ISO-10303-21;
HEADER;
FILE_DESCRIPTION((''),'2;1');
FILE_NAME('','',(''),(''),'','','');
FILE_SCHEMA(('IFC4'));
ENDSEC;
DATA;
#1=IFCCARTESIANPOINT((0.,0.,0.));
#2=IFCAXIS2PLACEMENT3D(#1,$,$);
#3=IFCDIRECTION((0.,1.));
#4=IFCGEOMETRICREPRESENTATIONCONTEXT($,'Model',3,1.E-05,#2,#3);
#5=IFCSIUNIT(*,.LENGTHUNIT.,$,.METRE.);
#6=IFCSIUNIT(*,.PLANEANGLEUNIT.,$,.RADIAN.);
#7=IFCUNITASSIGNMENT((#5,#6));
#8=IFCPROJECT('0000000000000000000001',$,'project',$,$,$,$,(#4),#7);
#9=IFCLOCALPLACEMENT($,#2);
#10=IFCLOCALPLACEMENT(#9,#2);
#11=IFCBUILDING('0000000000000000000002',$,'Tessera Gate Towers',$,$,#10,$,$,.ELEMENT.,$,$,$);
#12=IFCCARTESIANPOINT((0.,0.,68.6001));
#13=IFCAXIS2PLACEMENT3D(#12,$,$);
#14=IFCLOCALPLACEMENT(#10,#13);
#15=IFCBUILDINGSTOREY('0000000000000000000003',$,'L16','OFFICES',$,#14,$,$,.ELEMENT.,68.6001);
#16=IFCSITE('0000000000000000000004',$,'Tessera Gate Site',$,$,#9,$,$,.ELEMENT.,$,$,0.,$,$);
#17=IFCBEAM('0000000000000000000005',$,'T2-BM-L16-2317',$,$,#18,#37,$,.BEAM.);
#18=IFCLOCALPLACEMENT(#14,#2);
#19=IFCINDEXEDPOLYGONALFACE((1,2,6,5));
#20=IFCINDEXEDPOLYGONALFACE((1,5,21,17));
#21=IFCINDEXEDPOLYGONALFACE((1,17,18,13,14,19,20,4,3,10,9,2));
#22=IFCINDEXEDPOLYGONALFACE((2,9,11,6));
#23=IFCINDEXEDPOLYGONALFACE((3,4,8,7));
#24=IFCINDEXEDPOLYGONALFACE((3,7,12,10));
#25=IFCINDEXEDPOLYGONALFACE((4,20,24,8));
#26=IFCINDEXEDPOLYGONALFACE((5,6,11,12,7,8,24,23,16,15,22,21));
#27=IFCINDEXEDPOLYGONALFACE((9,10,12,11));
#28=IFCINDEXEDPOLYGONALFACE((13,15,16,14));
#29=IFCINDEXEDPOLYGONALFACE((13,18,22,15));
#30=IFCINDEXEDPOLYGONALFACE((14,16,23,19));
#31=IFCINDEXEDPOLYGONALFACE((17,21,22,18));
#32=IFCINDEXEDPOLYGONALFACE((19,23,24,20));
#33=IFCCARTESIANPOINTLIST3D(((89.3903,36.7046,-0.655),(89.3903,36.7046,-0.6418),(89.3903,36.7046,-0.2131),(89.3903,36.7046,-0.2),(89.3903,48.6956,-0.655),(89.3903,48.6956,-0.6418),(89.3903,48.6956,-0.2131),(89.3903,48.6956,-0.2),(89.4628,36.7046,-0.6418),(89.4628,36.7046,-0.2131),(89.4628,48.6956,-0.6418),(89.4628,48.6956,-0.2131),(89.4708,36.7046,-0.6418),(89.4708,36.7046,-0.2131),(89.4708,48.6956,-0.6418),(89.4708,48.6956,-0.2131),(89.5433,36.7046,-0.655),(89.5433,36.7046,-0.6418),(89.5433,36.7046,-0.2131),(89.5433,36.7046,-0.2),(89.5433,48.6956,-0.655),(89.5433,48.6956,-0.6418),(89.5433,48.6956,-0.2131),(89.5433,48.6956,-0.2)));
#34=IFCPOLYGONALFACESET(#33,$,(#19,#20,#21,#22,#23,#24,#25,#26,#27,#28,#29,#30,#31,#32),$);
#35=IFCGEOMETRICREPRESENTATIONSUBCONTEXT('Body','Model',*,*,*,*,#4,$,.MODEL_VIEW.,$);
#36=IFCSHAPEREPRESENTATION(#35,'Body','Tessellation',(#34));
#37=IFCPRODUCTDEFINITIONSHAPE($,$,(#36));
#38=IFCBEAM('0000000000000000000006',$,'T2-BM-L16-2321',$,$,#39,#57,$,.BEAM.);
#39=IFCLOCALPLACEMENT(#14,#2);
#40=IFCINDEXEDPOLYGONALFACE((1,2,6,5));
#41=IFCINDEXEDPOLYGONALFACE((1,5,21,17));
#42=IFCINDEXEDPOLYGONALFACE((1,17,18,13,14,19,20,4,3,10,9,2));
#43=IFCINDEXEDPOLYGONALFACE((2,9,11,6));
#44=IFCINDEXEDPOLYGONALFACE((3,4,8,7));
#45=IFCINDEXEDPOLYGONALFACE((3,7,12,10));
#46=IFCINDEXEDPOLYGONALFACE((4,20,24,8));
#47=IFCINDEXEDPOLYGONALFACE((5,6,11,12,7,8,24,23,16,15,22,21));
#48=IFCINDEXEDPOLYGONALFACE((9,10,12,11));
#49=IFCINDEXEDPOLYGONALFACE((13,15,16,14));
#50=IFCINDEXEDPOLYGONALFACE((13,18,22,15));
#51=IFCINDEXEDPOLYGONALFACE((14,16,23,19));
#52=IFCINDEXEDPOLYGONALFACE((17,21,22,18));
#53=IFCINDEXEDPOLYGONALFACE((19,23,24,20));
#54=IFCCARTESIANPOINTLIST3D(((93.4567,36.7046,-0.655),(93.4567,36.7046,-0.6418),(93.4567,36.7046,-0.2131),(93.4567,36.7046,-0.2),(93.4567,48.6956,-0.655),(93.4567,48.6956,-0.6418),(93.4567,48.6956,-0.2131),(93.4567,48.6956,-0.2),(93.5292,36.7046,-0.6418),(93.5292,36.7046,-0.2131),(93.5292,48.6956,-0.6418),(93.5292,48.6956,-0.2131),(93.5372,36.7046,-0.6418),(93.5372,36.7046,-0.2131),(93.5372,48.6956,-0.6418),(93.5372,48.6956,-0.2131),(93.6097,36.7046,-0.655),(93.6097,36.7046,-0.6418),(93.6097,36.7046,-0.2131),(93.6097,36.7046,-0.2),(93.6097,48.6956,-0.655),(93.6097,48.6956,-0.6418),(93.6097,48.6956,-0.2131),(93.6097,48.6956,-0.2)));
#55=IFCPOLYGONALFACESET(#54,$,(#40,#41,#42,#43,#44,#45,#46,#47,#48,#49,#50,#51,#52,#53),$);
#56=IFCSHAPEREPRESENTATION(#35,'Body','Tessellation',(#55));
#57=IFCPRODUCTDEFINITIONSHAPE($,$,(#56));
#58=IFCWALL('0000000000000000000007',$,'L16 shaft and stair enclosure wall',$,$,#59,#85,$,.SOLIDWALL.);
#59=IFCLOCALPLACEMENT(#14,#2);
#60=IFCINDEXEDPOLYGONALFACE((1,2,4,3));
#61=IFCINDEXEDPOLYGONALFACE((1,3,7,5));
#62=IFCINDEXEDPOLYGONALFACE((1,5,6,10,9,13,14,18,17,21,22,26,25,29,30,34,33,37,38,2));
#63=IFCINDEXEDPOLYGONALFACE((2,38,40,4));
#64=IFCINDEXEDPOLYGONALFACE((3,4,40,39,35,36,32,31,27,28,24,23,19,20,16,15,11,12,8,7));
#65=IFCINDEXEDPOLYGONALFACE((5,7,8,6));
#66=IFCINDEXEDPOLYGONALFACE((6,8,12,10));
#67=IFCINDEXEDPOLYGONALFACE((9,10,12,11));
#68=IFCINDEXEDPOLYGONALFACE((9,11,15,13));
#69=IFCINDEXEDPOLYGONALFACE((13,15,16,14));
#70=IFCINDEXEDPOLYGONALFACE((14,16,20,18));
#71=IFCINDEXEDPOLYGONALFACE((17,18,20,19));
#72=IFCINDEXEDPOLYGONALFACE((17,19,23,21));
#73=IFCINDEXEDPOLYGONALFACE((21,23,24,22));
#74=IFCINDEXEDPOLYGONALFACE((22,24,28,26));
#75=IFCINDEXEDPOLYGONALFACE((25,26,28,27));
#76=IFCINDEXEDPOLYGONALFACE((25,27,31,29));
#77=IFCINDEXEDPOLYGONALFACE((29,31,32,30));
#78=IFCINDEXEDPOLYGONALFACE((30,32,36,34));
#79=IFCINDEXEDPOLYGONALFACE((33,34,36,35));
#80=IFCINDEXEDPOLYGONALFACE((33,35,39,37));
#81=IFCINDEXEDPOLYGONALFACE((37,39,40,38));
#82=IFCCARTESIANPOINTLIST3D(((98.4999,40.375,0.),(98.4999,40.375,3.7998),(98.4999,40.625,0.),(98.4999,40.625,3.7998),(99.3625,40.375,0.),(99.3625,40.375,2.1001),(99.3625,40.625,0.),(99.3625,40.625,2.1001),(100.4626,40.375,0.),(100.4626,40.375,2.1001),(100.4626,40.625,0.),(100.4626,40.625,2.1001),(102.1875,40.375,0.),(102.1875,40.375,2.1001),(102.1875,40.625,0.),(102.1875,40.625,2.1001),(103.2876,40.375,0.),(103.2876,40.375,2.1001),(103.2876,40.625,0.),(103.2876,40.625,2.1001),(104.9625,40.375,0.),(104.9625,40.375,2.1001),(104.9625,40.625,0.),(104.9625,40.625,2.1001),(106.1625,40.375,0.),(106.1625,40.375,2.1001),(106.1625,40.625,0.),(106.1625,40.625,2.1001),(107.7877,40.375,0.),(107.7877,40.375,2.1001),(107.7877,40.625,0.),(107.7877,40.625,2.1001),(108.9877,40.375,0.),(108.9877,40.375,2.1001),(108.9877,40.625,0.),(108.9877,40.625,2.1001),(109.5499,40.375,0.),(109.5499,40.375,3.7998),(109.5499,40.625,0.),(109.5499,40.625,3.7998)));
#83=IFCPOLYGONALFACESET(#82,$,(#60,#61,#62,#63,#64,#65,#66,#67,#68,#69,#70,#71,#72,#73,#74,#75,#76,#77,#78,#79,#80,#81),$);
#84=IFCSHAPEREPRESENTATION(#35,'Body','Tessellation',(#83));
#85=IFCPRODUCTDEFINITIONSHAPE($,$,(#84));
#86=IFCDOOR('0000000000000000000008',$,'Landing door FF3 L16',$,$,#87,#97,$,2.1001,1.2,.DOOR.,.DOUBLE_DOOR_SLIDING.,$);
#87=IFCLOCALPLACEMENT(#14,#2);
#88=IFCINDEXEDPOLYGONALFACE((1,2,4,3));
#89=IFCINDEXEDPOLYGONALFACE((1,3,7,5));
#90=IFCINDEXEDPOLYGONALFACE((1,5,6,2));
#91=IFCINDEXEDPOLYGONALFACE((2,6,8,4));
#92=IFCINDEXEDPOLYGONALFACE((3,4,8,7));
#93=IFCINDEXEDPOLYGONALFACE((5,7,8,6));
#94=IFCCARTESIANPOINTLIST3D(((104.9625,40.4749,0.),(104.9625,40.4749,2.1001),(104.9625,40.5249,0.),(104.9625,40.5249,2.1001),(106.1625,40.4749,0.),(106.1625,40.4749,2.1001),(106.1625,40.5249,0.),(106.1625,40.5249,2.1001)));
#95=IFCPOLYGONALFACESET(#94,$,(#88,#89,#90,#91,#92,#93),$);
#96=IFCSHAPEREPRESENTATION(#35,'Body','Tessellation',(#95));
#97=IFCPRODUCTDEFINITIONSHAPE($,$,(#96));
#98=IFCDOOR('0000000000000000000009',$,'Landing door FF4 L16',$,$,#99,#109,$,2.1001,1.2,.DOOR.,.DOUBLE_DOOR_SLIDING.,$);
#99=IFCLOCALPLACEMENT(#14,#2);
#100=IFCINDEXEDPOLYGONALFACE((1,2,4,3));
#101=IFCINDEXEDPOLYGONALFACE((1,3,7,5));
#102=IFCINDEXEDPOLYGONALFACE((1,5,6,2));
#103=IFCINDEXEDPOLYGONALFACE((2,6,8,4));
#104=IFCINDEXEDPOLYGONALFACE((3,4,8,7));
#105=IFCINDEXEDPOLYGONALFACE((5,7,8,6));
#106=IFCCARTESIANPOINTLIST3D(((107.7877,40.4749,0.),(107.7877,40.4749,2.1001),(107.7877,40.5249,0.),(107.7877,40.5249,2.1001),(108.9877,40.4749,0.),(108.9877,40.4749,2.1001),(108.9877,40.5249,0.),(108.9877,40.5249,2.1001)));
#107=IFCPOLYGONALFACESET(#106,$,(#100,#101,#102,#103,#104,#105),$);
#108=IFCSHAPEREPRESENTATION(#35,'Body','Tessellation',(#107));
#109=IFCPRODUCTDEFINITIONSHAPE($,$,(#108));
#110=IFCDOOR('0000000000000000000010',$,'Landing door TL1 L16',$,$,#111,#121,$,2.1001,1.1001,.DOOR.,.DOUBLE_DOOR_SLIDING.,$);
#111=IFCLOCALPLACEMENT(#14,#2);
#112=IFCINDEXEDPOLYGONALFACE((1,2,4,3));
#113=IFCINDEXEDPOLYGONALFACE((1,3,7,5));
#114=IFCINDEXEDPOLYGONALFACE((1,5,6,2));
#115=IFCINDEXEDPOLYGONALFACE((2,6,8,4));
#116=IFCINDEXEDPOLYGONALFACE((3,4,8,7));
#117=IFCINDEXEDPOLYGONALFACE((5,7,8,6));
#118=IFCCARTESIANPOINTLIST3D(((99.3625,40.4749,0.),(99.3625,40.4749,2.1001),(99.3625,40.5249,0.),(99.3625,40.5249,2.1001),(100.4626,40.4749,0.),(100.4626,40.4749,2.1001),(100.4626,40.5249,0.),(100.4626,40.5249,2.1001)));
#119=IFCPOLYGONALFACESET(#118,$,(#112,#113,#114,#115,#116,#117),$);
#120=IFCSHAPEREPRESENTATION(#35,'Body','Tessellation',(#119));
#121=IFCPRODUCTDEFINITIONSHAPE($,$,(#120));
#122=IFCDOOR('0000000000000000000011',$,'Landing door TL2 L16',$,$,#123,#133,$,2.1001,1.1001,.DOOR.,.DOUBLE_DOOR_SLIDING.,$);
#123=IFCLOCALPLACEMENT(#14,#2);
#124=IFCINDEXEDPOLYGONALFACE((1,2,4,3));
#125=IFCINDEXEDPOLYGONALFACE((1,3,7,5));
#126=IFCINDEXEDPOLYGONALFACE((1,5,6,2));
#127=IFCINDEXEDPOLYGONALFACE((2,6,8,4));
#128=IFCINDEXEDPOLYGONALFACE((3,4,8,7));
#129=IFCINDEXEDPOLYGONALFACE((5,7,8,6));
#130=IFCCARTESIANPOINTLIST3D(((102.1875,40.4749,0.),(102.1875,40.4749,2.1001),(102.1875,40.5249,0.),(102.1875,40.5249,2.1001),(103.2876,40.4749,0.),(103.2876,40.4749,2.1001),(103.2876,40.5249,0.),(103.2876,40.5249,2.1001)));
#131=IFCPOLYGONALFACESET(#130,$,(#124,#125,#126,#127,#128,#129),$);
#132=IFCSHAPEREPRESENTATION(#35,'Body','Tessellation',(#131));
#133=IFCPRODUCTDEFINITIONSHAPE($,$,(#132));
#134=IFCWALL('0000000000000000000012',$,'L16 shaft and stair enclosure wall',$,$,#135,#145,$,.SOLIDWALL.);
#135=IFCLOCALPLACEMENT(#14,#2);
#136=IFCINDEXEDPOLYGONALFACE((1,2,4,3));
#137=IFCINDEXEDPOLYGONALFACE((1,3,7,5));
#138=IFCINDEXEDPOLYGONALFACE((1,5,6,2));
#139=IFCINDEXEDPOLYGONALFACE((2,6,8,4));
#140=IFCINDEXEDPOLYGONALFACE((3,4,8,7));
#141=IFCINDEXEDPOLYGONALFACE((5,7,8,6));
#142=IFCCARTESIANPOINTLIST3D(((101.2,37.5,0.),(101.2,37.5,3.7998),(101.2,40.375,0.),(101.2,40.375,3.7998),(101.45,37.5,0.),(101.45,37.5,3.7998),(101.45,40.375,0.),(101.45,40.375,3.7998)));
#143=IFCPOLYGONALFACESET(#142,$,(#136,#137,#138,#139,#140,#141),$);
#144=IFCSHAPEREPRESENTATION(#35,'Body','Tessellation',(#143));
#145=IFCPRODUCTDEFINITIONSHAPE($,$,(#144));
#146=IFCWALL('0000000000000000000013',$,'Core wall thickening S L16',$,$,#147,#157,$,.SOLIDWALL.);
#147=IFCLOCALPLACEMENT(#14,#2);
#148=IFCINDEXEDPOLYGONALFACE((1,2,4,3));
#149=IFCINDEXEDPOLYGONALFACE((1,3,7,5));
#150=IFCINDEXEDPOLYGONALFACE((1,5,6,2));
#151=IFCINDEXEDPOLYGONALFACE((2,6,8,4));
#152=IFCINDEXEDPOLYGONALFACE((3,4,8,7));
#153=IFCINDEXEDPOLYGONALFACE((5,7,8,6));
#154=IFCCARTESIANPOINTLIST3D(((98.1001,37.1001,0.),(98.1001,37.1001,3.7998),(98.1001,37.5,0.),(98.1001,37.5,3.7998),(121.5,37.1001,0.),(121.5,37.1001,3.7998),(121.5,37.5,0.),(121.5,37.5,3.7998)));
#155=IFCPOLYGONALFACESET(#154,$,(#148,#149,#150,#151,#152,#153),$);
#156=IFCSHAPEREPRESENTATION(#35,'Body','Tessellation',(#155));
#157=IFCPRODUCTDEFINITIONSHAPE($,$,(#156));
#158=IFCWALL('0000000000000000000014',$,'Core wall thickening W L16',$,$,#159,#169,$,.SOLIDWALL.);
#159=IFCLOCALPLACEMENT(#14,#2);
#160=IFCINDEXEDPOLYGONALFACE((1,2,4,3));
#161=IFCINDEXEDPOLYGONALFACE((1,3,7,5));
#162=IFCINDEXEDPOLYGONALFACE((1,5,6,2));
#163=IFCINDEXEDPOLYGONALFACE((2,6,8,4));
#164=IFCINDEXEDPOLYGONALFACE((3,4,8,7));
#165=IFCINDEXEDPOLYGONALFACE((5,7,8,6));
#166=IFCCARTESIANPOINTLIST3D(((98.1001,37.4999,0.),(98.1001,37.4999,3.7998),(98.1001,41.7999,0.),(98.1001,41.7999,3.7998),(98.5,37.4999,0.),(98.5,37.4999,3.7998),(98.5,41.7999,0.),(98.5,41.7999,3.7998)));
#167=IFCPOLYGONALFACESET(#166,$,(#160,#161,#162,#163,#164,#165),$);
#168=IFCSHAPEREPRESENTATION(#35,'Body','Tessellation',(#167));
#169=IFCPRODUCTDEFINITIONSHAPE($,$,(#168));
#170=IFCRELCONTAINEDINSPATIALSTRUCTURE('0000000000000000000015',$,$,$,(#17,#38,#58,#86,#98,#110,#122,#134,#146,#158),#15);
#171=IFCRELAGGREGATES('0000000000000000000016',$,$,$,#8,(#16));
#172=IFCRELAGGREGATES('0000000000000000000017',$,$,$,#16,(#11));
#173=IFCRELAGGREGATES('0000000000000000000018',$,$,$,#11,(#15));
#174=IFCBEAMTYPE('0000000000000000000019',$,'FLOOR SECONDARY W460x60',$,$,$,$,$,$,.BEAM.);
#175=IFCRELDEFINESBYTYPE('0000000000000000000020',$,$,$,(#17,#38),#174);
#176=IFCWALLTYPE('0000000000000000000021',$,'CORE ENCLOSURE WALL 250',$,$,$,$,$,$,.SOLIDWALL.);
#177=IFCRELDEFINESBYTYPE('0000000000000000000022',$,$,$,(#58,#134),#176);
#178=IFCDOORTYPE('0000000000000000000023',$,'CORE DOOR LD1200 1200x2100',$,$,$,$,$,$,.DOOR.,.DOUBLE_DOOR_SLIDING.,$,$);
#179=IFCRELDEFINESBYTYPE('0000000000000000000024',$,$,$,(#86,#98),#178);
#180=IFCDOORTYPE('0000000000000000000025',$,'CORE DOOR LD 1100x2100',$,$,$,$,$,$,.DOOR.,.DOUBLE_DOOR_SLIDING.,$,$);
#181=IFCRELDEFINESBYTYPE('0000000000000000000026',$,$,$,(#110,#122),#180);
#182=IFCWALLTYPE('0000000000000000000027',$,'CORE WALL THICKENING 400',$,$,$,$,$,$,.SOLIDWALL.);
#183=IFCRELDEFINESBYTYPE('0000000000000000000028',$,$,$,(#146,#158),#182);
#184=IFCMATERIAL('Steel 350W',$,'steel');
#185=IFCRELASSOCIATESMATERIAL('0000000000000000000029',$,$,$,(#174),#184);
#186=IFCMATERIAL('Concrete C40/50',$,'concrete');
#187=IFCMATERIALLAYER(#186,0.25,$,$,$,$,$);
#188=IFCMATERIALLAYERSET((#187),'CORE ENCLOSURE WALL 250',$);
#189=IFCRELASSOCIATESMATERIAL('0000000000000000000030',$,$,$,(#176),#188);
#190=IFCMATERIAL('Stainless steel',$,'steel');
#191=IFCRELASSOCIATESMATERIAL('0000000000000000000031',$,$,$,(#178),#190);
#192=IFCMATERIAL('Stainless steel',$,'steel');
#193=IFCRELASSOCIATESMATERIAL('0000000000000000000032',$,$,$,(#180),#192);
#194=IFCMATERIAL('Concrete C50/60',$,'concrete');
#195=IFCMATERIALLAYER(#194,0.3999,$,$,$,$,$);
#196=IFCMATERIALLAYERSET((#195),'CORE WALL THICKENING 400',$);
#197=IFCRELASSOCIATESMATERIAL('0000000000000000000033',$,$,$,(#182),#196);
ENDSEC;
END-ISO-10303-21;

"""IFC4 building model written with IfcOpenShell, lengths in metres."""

from ifc_helpers import new_model, si_unit, direction, frame, frame_2d, origin, origin_2d, place, context, subcontext, project, spatial, rectangle, i_section, extrude, source, transform, mapped, material, layer, layer_set, material_profile, profile_set, type_object, element, fill, save


model = new_model("IFC4")

# Units and contexts
model_context = context("Model", 3, precision=1e-05, world=origin(), true_north=direction((0.0, 1.0)))
body_context = subcontext(model_context, "Body", "Model", "MODEL_VIEW")
ifc_project = project(units=[si_unit("LENGTHUNIT", "METRE"), si_unit("PLANEANGLEUNIT", "RADIAN")], contexts=[model_context])

# Site, building, storey
site_placement = place(None, origin())
site = spatial("IfcSite", under=ifc_project, at=site_placement, Name="Tessera Gate Site", CompositionType="ELEMENT", RefElevation=0.0)
building_placement = place(site_placement, origin())
building = spatial("IfcBuilding", under=site, at=building_placement, Name="Tessera Gate Towers", CompositionType="ELEMENT")
storey_placement = place(building_placement, frame((0.0, 0.0, 68.6001)))
storey = spatial("IfcBuildingStorey", under=building, at=storey_placement, Name="L16", Description="OFFICES", CompositionType="ELEMENT", Elevation=68.6001)

# Beams
ifc_material_1 = material(Name="Steel 350W", Category="steel")
ifc_material_profile = material_profile(ifc_material_1, i_section(OverallWidth=0.1531, OverallDepth=0.4551, WebThickness=0.0081, FlangeThickness=0.0132, at=origin_2d()), Name="W460x60")
ifc_profile_set = profile_set([ifc_material_profile], Name="Steel 350W")
beam_type = type_object("IfcBeamType", Name="FLOOR SECONDARY W460x60", PredefinedType="BEAM", material=ifc_profile_set)
for number, where, z_axis, x_axis, name in (
    (1, (89.4668, 36.7046, -0.4275), (0.0, 1.0, 0.0), (-1.0, 0.0, 0.0), "T2-BM-L16-2317"),
    (2, (93.5332, 36.7046, -0.4275), (0.0, 1.0, 0.0), (-1.0, 0.0, 0.0), "T2-BM-L16-2321"),
):
    element("IfcBeam", number, at=place(storey_placement, frame(where, z_axis=z_axis, x_axis=x_axis)), inside=storey, type_object=beam_type, Name=name, PredefinedType="BEAM", context=body_context, shape_type="SweptSolid", body=[
        extrude(i_section(OverallWidth=0.1531, OverallDepth=0.4551, WebThickness=0.0081, FlangeThickness=0.0132, at=origin_2d()), origin(), (0.0, 0.0, 1.0), 11.991),
    ])

# Wall, openings, doors
ifc_material_2 = material(Name="Concrete C40/50", Category="concrete")
ifc_layer_1 = layer(ifc_material_2, 0.25)
ifc_layer_set_1 = layer_set([ifc_layer_1], Name="CORE ENCLOSURE WALL 250")
wall_type_1 = type_object("IfcWallType", Name="CORE ENCLOSURE WALL 250", PredefinedType="SOLIDWALL", material=ifc_layer_set_1)
wall_1_placement = place(storey_placement, frame((98.5, 40.5, 0.0), z_axis=(0.0, 0.0, 1.0), x_axis=(1.0, 0.0, 0.0)))
wall_1 = element("IfcWall", 3, at=wall_1_placement, inside=storey, type_object=wall_type_1, Name="L16 shaft and stair enclosure wall", PredefinedType="SOLIDWALL", context=body_context, shape_type="SweptSolid", body=[
    extrude(rectangle(XDim=11.05, YDim=0.25, at=frame_2d((5.5249, 0.0))), origin(), (0.0, 0.0, 1.0), 3.7998),
])
shared_shape_1 = source(origin(), body_context, "Body", "SweptSolid", [
    extrude(rectangle(XDim=1.1001, YDim=2.1001, at=frame_2d((0.55, 1.05))), frame((0.0, 0.135, 0.0), z_axis=(0.0, -1.0, 0.0), x_axis=(1.0, 0.0, 0.0)), (0.0, 0.0, 1.0), 0.27),
])
opening_1_placement = place(wall_1_placement, frame((0.8625, 0.0, 0.0)))
opening_1 = element("IfcOpeningElement", 4, at=opening_1_placement, cuts=wall_1, PredefinedType="OPENING", context=body_context, shape_type="MappedRepresentation", body=[
    mapped(shared_shape_1, transform((0.0, 0.0, 0.0), scale=1.0)),
])
opening_2_placement = place(wall_1_placement, frame((3.6875, 0.0, 0.0)))
opening_2 = element("IfcOpeningElement", 5, at=opening_2_placement, cuts=wall_1, PredefinedType="OPENING", context=body_context, shape_type="MappedRepresentation", body=[
    mapped(shared_shape_1, transform((0.0, 0.0, 0.0), scale=1.0)),
])
shared_shape_2 = source(origin(), body_context, "Body", "SweptSolid", [
    extrude(rectangle(XDim=1.2, YDim=2.1001, at=frame_2d((0.6001, 1.05))), frame((0.0, 0.135, 0.0), z_axis=(0.0, -1.0, 0.0), x_axis=(1.0, 0.0, 0.0)), (0.0, 0.0, 1.0), 0.27),
])
opening_3_placement = place(wall_1_placement, frame((6.4624, 0.0, 0.0)))
opening_3 = element("IfcOpeningElement", 6, at=opening_3_placement, cuts=wall_1, PredefinedType="OPENING", context=body_context, shape_type="MappedRepresentation", body=[
    mapped(shared_shape_2, transform((0.0, 0.0, 0.0), scale=1.0)),
])
opening_4_placement = place(wall_1_placement, frame((9.2876, 0.0, 0.0)))
opening_4 = element("IfcOpeningElement", 7, at=opening_4_placement, cuts=wall_1, PredefinedType="OPENING", context=body_context, shape_type="MappedRepresentation", body=[
    mapped(shared_shape_2, transform((0.0, 0.0, 0.0), scale=1.0)),
])
ifc_material_3 = material(Name="Stainless steel", Category="steel")
door_type_1 = type_object("IfcDoorType", Name="CORE DOOR LD1200 1200x2100", OperationType="DOUBLE_DOOR_SLIDING", PredefinedType="DOOR", material=ifc_material_3)
shared_shape_3 = source(origin(), body_context, "Body", "SweptSolid", [
    extrude(rectangle(XDim=1.2, YDim=2.1001, at=frame_2d((0.6001, 1.05))), frame((0.0, 0.0249, 0.0), z_axis=(0.0, -1.0, 0.0), x_axis=(1.0, 0.0, 0.0)), (0.0, 0.0, 1.0), 0.05),
])
door_1_placement = place(opening_3_placement, origin())
door_1 = element("IfcDoor", 8, at=door_1_placement, inside=storey, type_object=door_type_1, Name="Landing door FF3 L16", OperationType="DOUBLE_DOOR_SLIDING", OverallHeight=2.1001, OverallWidth=1.2, PredefinedType="DOOR", context=body_context, shape_type="MappedRepresentation", body=[
    mapped(shared_shape_3, transform((0.0, 0.0, 0.0), scale=1.0)),
])
fill(opening_3, door_1)
door_2_placement = place(opening_4_placement, origin())
door_2 = element("IfcDoor", 9, at=door_2_placement, inside=storey, type_object=door_type_1, Name="Landing door FF4 L16", OperationType="DOUBLE_DOOR_SLIDING", OverallHeight=2.1001, OverallWidth=1.2, PredefinedType="DOOR", context=body_context, shape_type="MappedRepresentation", body=[
    mapped(shared_shape_3, transform((0.0, 0.0, 0.0), scale=1.0)),
])
fill(opening_4, door_2)
ifc_material_4 = material(Name="Stainless steel", Category="steel")
door_type_2 = type_object("IfcDoorType", Name="CORE DOOR LD 1100x2100", OperationType="DOUBLE_DOOR_SLIDING", PredefinedType="DOOR", material=ifc_material_4)
shared_shape_4 = source(origin(), body_context, "Body", "SweptSolid", [
    extrude(rectangle(XDim=1.1001, YDim=2.1001, at=frame_2d((0.55, 1.05))), frame((0.0, 0.0249, 0.0), z_axis=(0.0, -1.0, 0.0), x_axis=(1.0, 0.0, 0.0)), (0.0, 0.0, 1.0), 0.05),
])
door_3_placement = place(opening_1_placement, origin())
door_3 = element("IfcDoor", 10, at=door_3_placement, inside=storey, type_object=door_type_2, Name="Landing door TL1 L16", OperationType="DOUBLE_DOOR_SLIDING", OverallHeight=2.1001, OverallWidth=1.1001, PredefinedType="DOOR", context=body_context, shape_type="MappedRepresentation", body=[
    mapped(shared_shape_4, transform((0.0, 0.0, 0.0), scale=1.0)),
])
fill(opening_1, door_3)
door_4_placement = place(opening_2_placement, origin())
door_4 = element("IfcDoor", 11, at=door_4_placement, inside=storey, type_object=door_type_2, Name="Landing door TL2 L16", OperationType="DOUBLE_DOOR_SLIDING", OverallHeight=2.1001, OverallWidth=1.1001, PredefinedType="DOOR", context=body_context, shape_type="MappedRepresentation", body=[
    mapped(shared_shape_4, transform((0.0, 0.0, 0.0), scale=1.0)),
])
fill(opening_2, door_4)

# Wall
wall_2_placement = place(storey_placement, frame((101.325, 37.5, 0.0), z_axis=(0.0, 0.0, 1.0), x_axis=(0.0, 1.0, 0.0)))
element("IfcWall", 12, at=wall_2_placement, inside=storey, type_object=wall_type_1, Name="L16 shaft and stair enclosure wall", PredefinedType="SOLIDWALL", context=body_context, shape_type="SweptSolid", body=[
    extrude(rectangle(XDim=2.875, YDim=0.25, at=frame_2d((1.4375, 0.0))), origin(), (0.0, 0.0, 1.0), 3.7998),
])

# Walls
ifc_material_5 = material(Name="Concrete C50/60", Category="concrete")
ifc_layer_2 = layer(ifc_material_5, 0.3999)
ifc_layer_set_2 = layer_set([ifc_layer_2], Name="CORE WALL THICKENING 400")
wall_type_2 = type_object("IfcWallType", Name="CORE WALL THICKENING 400", PredefinedType="SOLIDWALL", material=ifc_layer_set_2)
wall_3_placement = place(storey_placement, frame((98.1001, 37.3, 0.0), z_axis=(0.0, 0.0, 1.0), x_axis=(1.0, 0.0, 0.0)))
element("IfcWall", 13, at=wall_3_placement, inside=storey, type_object=wall_type_2, Name="Core wall thickening S L16", PredefinedType="SOLIDWALL", context=body_context, shape_type="SweptSolid", body=[
    extrude(rectangle(XDim=23.3999, YDim=0.3999, at=frame_2d((11.7, 0.0))), origin(), (0.0, 0.0, 1.0), 3.7998),
])
wall_4_placement = place(storey_placement, frame((98.3, 37.5, 0.0), z_axis=(0.0, 0.0, 1.0), x_axis=(0.0, 1.0, 0.0)))
element("IfcWall", 14, at=wall_4_placement, inside=storey, type_object=wall_type_2, Name="Core wall thickening W L16", PredefinedType="SOLIDWALL", context=body_context, shape_type="SweptSolid", body=[
    extrude(rectangle(XDim=4.3, YDim=0.3999, at=frame_2d((2.1499, 0.0))), origin(), (0.0, 0.0, 1.0), 3.7998),
])

save(model, "model.ifc")
